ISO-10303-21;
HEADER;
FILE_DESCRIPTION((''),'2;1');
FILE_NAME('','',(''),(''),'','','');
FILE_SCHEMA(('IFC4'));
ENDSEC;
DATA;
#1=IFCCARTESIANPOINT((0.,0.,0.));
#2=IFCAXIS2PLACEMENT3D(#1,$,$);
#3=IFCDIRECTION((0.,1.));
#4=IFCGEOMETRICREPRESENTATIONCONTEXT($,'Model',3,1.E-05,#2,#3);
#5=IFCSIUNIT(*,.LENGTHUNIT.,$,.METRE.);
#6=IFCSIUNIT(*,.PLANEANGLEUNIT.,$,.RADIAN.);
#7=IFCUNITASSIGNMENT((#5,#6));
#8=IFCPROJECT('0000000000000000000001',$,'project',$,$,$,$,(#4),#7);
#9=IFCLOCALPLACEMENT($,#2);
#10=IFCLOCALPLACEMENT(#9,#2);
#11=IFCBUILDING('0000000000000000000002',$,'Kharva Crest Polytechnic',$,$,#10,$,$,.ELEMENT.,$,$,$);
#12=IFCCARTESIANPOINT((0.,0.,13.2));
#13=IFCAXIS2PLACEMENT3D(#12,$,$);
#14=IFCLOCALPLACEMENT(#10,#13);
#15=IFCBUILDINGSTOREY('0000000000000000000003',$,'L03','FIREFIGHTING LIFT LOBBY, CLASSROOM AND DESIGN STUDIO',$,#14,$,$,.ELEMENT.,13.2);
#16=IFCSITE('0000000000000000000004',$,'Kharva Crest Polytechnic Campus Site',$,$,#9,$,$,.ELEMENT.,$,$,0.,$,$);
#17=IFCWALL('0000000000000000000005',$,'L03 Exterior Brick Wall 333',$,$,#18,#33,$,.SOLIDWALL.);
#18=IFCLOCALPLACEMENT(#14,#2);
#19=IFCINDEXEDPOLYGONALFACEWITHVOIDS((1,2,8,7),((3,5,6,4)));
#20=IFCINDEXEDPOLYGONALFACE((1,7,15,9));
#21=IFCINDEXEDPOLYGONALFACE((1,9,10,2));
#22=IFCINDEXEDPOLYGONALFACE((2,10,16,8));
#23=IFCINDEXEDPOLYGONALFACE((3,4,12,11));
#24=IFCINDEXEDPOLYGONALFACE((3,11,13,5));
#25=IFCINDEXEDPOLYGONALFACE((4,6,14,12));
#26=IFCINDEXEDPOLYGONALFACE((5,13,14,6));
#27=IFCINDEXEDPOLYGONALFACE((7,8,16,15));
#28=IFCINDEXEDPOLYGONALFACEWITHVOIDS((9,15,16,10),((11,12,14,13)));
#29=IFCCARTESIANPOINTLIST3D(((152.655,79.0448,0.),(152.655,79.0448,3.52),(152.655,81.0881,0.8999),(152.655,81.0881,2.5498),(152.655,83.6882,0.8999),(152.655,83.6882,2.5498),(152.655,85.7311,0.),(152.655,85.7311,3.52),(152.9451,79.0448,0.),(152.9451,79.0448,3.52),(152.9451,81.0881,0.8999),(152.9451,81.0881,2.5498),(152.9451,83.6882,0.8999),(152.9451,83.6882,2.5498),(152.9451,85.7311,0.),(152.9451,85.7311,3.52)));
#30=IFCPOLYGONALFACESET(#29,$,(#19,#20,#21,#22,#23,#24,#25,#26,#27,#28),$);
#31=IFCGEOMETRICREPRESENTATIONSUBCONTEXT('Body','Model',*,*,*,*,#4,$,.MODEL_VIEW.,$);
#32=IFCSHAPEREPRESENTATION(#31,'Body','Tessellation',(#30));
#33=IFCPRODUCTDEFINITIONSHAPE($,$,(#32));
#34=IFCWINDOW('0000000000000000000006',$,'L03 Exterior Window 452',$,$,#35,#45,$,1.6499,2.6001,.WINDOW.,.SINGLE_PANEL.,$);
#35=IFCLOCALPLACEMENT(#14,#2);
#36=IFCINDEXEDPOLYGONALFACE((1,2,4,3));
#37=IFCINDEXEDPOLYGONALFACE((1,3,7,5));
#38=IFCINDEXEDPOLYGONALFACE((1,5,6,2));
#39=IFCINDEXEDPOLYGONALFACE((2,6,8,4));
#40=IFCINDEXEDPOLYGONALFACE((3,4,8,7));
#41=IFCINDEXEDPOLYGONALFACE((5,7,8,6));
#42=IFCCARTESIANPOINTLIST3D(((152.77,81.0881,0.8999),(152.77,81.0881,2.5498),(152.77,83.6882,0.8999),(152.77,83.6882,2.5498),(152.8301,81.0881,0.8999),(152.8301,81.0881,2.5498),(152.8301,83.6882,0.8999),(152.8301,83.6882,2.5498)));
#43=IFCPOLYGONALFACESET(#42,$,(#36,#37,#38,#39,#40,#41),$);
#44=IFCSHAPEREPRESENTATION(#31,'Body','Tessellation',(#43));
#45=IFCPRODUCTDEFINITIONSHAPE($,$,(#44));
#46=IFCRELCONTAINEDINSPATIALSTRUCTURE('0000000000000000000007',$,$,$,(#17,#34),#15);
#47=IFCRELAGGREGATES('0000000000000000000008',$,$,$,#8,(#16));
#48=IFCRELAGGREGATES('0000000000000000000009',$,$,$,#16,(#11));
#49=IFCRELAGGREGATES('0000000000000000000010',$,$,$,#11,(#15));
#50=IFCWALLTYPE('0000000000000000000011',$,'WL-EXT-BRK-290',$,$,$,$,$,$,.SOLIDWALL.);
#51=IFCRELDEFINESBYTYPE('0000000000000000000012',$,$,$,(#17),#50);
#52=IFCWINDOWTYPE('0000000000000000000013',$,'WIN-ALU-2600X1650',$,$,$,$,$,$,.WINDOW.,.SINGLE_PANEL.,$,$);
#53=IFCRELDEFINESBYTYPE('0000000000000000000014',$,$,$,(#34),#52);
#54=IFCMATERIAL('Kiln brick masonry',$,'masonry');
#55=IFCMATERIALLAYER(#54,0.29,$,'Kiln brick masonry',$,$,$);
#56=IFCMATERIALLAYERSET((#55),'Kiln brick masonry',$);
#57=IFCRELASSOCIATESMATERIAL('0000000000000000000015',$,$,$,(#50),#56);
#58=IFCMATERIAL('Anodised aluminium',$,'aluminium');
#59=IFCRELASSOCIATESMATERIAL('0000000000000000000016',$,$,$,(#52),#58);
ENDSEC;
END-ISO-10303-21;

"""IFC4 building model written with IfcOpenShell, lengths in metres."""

from ifc_helpers import new_model, si_unit, direction, frame, frame_2d, origin, place, context, subcontext, project, spatial, rectangle, extrude, material, layer, layer_set, type_object, element, fill, save


model = new_model("IFC4")

# Units and contexts
model_context = context("Model", 3, precision=1e-05, world=origin(), true_north=direction((0.0, 1.0)))
body_context = subcontext(model_context, "Body", "Model", "MODEL_VIEW")
ifc_project = project(units=[si_unit("LENGTHUNIT", "METRE"), si_unit("PLANEANGLEUNIT", "RADIAN")], contexts=[model_context])

# Site, building, storey
site_placement = place(None, origin())
site = spatial("IfcSite", under=ifc_project, at=site_placement, Name="Kharva Crest Polytechnic Campus Site", CompositionType="ELEMENT", RefElevation=0.0)
building_placement = place(site_placement, origin())
building = spatial("IfcBuilding", under=site, at=building_placement, Name="Kharva Crest Polytechnic", CompositionType="ELEMENT")
storey_placement = place(building_placement, frame((0.0, 0.0, 13.2)))
storey = spatial("IfcBuildingStorey", under=building, at=storey_placement, Name="L03", Description="FIREFIGHTING LIFT LOBBY, CLASSROOM AND DESIGN STUDIO", CompositionType="ELEMENT", Elevation=13.2)

# Wall, opening, window
ifc_material_1 = material(Name="Kiln brick masonry", Category="masonry")
ifc_layer_1 = layer(ifc_material_1, 0.29, Name="Kiln brick masonry")
ifc_layer_set_1 = layer_set([ifc_layer_1], Name="Kiln brick masonry")
wall_type = type_object("IfcWallType", Name="WL-EXT-BRK-290", PredefinedType="SOLIDWALL", material=ifc_layer_set_1)
wall_placement = place(storey_placement, frame((152.8, 85.7312, 0.0), z_axis=(0.0, 0.0, 1.0), x_axis=(0.0, -1.0, 0.0)))
wall = element("IfcWall", 1, at=wall_placement, inside=storey, type_object=wall_type, Name="L03 Exterior Brick Wall 333", PredefinedType="SOLIDWALL", context=body_context, shape_type="SweptSolid", body=[
    extrude(rectangle(XDim=6.6863, YDim=0.29, at=frame_2d((3.3433, 0.0))), origin(), (0.0, 0.0, 1.0), 3.52),
])
opening_placement = place(wall_placement, frame((2.043, 0.0, 0.8999)))
opening = element("IfcOpeningElement", 2, at=opening_placement, cuts=wall, PredefinedType="OPENING", context=body_context, shape_type="SweptSolid", body=[
    extrude(rectangle(XDim=2.6001, YDim=1.6499, at=frame_2d((1.3, 0.825))), frame((0.0, 0.155, 0.0), z_axis=(0.0, -1.0, 0.0), x_axis=(1.0, 0.0, 0.0)), (0.0, 0.0, 1.0), 0.3101),
])
ifc_material_2 = material(Name="Anodised aluminium", Category="aluminium")
window_type = type_object("IfcWindowType", Name="WIN-ALU-2600X1650", PartitioningType="SINGLE_PANEL", PredefinedType="WINDOW", material=ifc_material_2)
window_placement = place(opening_placement, origin())
window = element("IfcWindow", 3, at=window_placement, inside=storey, type_object=window_type, Name="L03 Exterior Window 452", OverallHeight=1.6499, OverallWidth=2.6001, PartitioningType="SINGLE_PANEL", PredefinedType="WINDOW", context=body_context, shape_type="SweptSolid", body=[
    extrude(rectangle(XDim=2.6001, YDim=1.6499, at=frame_2d((1.3, 0.825))), frame((0.0, 0.03, 0.0), z_axis=(0.0, -1.0, 0.0), x_axis=(1.0, 0.0, 0.0)), (0.0, 0.0, 1.0), 0.0601),
])
fill(opening, window)

save(model, "model.ifc")
